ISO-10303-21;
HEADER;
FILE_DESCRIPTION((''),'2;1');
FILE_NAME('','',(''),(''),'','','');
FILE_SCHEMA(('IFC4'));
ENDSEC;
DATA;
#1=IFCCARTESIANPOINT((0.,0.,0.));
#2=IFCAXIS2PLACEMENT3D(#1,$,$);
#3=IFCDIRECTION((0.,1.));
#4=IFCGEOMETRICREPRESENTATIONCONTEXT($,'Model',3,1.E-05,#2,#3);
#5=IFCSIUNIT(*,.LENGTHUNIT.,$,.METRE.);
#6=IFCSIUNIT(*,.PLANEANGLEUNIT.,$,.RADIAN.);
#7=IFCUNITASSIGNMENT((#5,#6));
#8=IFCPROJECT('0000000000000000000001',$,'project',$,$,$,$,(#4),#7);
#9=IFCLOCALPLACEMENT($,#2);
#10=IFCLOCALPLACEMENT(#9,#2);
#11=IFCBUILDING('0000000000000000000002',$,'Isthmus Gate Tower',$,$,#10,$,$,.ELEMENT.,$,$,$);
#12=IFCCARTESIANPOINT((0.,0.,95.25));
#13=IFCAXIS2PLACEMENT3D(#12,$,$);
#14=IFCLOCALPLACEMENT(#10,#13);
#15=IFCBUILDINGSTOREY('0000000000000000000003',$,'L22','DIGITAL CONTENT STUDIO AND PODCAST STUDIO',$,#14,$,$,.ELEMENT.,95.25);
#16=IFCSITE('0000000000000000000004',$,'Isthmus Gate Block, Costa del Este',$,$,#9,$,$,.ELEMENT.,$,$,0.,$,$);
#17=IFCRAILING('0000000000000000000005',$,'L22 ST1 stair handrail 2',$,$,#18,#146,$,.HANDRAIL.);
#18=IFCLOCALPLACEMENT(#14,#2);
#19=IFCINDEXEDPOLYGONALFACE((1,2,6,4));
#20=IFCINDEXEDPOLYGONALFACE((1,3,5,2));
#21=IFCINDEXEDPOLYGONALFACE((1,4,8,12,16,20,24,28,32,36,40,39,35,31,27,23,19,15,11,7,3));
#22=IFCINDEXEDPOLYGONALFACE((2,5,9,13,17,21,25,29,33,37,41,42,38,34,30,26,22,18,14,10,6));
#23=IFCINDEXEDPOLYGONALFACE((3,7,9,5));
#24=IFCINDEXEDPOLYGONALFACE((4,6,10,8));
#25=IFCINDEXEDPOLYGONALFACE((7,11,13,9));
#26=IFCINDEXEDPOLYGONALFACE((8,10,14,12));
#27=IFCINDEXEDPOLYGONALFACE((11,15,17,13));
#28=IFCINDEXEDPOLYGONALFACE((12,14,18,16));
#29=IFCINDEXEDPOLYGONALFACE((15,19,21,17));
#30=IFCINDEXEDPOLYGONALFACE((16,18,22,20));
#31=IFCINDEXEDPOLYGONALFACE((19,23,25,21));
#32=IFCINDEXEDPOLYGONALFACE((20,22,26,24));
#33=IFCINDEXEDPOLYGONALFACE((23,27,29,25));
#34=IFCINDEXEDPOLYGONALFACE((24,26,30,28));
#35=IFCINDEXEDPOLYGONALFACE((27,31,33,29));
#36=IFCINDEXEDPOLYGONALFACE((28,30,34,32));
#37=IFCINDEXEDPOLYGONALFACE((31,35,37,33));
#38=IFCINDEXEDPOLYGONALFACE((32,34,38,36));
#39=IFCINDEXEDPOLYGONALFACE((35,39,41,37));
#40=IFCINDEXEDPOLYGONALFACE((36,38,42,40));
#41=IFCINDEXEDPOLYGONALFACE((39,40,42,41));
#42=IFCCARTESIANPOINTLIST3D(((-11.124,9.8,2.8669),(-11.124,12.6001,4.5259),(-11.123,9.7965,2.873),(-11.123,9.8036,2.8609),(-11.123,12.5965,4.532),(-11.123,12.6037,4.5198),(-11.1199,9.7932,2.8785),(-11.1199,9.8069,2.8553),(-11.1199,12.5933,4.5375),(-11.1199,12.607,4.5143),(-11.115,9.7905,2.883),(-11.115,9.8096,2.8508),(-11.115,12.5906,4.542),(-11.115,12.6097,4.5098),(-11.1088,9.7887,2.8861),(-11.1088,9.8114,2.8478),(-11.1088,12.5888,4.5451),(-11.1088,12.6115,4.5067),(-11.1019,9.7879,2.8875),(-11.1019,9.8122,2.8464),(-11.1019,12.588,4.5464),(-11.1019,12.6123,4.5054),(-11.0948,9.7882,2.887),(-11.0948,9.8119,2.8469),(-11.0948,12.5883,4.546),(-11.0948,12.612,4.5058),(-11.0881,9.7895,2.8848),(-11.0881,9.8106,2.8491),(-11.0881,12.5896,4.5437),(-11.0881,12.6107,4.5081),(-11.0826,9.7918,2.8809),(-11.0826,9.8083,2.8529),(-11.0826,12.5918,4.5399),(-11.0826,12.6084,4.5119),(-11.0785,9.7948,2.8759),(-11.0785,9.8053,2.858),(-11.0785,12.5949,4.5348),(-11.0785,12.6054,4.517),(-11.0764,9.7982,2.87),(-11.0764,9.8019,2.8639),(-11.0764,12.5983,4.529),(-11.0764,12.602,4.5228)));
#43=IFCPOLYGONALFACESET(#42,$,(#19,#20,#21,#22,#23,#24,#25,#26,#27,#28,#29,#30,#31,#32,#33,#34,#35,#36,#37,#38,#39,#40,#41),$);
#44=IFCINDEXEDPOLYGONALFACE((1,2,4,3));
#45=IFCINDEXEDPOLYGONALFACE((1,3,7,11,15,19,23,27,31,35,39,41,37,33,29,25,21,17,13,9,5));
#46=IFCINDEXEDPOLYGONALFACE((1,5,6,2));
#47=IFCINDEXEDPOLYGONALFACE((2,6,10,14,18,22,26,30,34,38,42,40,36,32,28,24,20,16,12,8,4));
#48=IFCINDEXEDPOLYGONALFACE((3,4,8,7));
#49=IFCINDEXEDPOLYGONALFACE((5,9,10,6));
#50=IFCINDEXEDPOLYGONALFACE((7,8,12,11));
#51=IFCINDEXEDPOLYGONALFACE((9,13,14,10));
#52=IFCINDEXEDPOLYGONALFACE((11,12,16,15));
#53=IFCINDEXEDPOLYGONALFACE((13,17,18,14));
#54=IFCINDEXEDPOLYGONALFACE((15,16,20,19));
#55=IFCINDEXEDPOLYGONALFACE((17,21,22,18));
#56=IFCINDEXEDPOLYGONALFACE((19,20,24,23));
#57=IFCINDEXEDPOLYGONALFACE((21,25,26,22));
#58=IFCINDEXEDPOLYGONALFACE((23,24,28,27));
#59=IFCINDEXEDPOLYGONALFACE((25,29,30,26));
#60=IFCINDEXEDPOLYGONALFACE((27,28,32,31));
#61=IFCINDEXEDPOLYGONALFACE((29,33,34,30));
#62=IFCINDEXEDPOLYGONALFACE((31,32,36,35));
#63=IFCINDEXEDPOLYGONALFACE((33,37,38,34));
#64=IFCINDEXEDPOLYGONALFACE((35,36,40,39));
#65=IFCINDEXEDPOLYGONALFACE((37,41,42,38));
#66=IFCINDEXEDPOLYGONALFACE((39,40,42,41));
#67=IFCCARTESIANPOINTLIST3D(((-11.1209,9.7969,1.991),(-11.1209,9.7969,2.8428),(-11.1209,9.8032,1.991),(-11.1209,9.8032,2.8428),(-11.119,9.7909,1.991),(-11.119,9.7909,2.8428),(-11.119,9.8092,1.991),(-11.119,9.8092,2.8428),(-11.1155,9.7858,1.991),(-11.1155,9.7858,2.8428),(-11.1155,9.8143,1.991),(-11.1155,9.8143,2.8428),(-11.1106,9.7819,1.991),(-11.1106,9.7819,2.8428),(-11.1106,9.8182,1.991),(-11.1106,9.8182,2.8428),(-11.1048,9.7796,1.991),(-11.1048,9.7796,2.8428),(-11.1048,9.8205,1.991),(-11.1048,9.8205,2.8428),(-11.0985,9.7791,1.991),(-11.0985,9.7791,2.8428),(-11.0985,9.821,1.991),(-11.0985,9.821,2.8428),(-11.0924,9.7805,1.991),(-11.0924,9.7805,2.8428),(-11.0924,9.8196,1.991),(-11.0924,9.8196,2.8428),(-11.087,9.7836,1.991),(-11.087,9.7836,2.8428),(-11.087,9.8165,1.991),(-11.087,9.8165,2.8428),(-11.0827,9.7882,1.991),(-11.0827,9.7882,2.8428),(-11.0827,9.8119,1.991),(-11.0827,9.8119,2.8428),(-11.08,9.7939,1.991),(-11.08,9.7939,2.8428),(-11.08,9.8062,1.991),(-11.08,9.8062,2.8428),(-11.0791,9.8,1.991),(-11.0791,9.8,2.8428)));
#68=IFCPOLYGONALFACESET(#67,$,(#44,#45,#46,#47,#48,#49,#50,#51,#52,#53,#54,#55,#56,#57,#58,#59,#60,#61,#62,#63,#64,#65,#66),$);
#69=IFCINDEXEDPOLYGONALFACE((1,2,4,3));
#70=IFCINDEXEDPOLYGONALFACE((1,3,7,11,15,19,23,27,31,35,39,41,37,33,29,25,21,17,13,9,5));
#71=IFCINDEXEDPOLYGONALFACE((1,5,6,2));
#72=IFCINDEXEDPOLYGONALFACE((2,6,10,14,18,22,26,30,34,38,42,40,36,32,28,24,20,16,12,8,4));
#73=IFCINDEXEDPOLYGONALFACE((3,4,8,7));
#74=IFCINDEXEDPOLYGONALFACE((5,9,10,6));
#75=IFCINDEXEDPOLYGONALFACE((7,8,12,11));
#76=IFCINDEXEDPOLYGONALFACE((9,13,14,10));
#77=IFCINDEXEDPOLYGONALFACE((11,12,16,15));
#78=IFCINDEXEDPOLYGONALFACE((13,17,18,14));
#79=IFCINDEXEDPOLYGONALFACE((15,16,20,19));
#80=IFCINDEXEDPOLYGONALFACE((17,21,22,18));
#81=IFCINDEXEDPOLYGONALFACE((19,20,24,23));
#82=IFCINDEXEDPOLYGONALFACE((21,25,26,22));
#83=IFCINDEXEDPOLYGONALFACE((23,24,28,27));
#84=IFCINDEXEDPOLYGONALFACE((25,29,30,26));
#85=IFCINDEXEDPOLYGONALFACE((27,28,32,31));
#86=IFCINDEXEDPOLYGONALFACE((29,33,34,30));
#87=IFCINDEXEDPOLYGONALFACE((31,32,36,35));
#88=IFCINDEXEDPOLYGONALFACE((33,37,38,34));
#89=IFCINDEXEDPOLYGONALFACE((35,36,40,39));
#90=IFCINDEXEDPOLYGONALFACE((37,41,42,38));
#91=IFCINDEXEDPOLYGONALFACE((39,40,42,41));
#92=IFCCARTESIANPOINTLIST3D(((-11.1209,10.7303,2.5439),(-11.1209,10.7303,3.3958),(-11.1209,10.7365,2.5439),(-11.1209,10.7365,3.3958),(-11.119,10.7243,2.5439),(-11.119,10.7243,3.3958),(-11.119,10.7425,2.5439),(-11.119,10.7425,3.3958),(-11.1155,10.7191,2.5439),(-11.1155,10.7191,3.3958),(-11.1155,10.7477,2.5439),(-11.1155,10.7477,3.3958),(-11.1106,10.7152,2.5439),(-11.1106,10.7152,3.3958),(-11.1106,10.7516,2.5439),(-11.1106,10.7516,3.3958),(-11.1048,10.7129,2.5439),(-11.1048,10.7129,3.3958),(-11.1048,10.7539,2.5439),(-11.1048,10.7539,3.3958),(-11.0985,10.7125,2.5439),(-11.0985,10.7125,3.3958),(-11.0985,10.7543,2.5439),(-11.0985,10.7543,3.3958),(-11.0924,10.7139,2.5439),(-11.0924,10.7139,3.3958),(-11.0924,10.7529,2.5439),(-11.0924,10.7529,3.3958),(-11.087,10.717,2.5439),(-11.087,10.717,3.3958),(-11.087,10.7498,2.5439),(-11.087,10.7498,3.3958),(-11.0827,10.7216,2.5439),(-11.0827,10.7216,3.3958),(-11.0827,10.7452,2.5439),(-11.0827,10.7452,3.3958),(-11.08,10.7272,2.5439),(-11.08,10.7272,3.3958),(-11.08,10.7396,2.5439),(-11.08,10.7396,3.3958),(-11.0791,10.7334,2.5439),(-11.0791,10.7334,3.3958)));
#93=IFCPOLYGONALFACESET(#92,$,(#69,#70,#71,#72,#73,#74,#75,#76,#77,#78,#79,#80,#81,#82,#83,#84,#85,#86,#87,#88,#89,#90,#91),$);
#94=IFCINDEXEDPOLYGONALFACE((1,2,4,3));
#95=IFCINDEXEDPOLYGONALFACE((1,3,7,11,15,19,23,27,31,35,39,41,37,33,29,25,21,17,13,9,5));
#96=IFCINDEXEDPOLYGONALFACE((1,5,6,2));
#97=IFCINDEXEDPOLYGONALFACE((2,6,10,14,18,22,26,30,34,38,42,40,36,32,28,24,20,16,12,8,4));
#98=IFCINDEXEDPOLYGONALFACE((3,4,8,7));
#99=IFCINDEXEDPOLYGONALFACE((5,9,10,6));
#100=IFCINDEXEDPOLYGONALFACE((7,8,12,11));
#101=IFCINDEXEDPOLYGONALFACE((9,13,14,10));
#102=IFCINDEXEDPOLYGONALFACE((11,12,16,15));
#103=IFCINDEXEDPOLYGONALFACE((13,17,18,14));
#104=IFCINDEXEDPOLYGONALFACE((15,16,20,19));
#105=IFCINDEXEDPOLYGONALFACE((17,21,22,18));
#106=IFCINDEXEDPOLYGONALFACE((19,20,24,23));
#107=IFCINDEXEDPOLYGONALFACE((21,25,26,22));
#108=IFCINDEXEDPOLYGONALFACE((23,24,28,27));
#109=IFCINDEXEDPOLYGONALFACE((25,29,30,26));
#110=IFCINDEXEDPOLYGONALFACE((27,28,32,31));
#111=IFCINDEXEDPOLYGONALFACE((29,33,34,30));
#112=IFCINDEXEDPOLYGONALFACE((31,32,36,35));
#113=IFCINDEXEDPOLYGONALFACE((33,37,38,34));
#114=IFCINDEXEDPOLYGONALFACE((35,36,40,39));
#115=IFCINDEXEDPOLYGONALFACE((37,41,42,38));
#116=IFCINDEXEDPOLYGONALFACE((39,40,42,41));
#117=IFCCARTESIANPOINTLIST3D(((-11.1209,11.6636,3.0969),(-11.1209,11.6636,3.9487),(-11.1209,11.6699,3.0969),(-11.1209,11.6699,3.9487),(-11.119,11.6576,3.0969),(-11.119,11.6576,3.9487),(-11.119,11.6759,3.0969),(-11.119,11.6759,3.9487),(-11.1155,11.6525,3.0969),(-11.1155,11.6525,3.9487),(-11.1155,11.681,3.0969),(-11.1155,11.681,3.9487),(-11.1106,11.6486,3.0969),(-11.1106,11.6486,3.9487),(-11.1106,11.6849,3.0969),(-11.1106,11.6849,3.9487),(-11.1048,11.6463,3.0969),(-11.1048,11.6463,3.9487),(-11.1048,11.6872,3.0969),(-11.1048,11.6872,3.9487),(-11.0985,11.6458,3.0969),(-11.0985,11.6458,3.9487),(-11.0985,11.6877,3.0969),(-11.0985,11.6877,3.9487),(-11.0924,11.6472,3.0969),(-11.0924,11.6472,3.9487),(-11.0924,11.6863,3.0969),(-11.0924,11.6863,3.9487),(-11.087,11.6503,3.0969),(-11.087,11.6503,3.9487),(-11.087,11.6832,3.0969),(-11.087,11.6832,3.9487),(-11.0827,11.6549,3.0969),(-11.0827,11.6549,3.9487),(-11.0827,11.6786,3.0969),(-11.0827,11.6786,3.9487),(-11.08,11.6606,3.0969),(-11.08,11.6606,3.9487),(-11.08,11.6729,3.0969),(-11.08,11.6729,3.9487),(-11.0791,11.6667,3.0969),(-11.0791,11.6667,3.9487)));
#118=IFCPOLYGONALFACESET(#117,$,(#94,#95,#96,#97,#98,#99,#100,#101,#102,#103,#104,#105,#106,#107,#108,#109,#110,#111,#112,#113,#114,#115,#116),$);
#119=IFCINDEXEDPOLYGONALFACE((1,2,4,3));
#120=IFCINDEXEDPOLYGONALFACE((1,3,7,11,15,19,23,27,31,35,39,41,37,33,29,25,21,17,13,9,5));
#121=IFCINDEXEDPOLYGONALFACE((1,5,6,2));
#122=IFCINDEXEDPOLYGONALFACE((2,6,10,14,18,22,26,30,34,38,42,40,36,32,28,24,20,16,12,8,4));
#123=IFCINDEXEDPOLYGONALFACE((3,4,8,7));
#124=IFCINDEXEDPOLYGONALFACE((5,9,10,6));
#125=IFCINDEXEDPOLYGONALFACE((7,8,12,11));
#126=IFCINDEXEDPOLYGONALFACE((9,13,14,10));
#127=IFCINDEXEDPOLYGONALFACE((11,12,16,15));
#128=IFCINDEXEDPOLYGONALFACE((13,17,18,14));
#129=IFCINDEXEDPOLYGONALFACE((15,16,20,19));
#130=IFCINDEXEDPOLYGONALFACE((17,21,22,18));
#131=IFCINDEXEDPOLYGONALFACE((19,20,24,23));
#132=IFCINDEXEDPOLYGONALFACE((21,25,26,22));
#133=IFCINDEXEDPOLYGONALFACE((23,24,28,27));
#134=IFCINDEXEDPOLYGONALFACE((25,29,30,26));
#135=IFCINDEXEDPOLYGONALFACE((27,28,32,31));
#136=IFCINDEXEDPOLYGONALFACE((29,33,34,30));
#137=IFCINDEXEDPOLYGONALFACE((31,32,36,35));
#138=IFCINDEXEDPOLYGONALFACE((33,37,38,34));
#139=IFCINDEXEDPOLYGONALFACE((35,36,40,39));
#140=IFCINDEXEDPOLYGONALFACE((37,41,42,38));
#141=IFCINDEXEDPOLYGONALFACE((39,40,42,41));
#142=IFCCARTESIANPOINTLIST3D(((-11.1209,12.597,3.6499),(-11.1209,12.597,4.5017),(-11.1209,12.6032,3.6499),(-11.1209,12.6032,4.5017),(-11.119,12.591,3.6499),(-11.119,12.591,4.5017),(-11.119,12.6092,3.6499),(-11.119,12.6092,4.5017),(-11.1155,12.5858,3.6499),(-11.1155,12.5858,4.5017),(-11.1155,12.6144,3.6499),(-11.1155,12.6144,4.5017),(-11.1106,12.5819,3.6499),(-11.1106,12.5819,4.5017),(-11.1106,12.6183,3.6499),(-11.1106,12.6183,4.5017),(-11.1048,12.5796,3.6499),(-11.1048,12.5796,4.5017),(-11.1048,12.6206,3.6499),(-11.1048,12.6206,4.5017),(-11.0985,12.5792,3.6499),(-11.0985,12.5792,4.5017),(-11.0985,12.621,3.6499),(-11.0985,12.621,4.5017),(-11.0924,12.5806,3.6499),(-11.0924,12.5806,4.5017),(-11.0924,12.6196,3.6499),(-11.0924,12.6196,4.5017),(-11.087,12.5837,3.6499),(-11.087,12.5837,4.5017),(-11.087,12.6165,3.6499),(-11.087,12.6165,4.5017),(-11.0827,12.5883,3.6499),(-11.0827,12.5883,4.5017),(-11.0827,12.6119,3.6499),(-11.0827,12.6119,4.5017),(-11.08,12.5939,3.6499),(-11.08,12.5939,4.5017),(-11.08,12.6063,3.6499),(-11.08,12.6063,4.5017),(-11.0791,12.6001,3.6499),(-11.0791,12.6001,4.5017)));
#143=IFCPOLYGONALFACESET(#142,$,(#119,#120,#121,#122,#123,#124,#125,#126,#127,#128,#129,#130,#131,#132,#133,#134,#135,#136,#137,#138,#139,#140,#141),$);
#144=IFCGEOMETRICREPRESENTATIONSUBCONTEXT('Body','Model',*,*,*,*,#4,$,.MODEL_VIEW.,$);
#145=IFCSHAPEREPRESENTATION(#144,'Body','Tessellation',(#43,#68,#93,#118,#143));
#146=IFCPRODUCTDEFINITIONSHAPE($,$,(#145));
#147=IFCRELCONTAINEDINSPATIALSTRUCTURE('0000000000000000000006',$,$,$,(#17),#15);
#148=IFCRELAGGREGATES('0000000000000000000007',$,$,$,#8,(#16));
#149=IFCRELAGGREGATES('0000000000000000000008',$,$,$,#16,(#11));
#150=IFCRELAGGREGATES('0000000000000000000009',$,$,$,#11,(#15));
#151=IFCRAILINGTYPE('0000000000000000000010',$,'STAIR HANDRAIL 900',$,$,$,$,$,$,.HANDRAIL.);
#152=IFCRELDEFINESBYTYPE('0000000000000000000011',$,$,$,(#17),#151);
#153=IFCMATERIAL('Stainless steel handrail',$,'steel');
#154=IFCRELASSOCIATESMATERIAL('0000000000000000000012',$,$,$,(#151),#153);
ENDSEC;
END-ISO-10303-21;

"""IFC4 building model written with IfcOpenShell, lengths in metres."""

from ifc_helpers import new_model, si_unit, direction, frame, origin, origin_2d, place, context, subcontext, project, spatial, circle, extrude, material, type_object, element, save


model = new_model("IFC4")

# Units and contexts
model_context = context("Model", 3, precision=1e-05, world=origin(), true_north=direction((0.0, 1.0)))
body_context = subcontext(model_context, "Body", "Model", "MODEL_VIEW")
ifc_project = project(units=[si_unit("LENGTHUNIT", "METRE"), si_unit("PLANEANGLEUNIT", "RADIAN")], contexts=[model_context])

# Site, building, storey
site_placement = place(None, origin())
site = spatial("IfcSite", under=ifc_project, at=site_placement, Name="Isthmus Gate Block, Costa del Este", CompositionType="ELEMENT", RefElevation=0.0)
building_placement = place(site_placement, origin())
building = spatial("IfcBuilding", under=site, at=building_placement, Name="Isthmus Gate Tower", CompositionType="ELEMENT")
storey_placement = place(building_placement, frame((0.0, 0.0, 95.25)))
storey = spatial("IfcBuildingStorey", under=building, at=storey_placement, Name="L22", Description="DIGITAL CONTENT STUDIO AND PODCAST STUDIO", CompositionType="ELEMENT", Elevation=95.25)

# Railing
ifc_material_1 = material(Name="Stainless steel handrail", Category="steel")
railing_type_1 = type_object("IfcRailingType", Name="STAIR HANDRAIL 900", PredefinedType="HANDRAIL", material=ifc_material_1)
railing_1_placement = place(storey_placement, frame((-11.1001, 9.8, 1.991)))
element("IfcRailing", 1, at=railing_1_placement, inside=storey, type_object=railing_type_1, Name="L22 ST1 stair handrail 2", PredefinedType="HANDRAIL", context=body_context, shape_type="SweptSolid", body=[
    extrude(circle(Radius=0.0239, at=origin_2d()), frame((0.0, 0.0, 0.876), z_axis=(0.0, 0.860339, 0.509722), x_axis=(-1.0, 0.0, 0.0)), (0.0, 0.0, 1.0), 3.2546),
    extrude(circle(Radius=0.021, at=origin_2d()), origin(), (0.0, 0.0, 1.0), 0.8518),
    extrude(circle(Radius=0.021, at=origin_2d()), frame((0.0, 0.9333, 0.553)), (0.0, 0.0, 1.0), 0.8518),
    extrude(circle(Radius=0.021, at=origin_2d()), frame((0.0, 1.8667, 1.106)), (0.0, 0.0, 1.0), 0.8518),
    extrude(circle(Radius=0.021, at=origin_2d()), frame((0.0, 2.8, 1.6589)), (0.0, 0.0, 1.0), 0.8518),
])

save(model, "model.ifc")
